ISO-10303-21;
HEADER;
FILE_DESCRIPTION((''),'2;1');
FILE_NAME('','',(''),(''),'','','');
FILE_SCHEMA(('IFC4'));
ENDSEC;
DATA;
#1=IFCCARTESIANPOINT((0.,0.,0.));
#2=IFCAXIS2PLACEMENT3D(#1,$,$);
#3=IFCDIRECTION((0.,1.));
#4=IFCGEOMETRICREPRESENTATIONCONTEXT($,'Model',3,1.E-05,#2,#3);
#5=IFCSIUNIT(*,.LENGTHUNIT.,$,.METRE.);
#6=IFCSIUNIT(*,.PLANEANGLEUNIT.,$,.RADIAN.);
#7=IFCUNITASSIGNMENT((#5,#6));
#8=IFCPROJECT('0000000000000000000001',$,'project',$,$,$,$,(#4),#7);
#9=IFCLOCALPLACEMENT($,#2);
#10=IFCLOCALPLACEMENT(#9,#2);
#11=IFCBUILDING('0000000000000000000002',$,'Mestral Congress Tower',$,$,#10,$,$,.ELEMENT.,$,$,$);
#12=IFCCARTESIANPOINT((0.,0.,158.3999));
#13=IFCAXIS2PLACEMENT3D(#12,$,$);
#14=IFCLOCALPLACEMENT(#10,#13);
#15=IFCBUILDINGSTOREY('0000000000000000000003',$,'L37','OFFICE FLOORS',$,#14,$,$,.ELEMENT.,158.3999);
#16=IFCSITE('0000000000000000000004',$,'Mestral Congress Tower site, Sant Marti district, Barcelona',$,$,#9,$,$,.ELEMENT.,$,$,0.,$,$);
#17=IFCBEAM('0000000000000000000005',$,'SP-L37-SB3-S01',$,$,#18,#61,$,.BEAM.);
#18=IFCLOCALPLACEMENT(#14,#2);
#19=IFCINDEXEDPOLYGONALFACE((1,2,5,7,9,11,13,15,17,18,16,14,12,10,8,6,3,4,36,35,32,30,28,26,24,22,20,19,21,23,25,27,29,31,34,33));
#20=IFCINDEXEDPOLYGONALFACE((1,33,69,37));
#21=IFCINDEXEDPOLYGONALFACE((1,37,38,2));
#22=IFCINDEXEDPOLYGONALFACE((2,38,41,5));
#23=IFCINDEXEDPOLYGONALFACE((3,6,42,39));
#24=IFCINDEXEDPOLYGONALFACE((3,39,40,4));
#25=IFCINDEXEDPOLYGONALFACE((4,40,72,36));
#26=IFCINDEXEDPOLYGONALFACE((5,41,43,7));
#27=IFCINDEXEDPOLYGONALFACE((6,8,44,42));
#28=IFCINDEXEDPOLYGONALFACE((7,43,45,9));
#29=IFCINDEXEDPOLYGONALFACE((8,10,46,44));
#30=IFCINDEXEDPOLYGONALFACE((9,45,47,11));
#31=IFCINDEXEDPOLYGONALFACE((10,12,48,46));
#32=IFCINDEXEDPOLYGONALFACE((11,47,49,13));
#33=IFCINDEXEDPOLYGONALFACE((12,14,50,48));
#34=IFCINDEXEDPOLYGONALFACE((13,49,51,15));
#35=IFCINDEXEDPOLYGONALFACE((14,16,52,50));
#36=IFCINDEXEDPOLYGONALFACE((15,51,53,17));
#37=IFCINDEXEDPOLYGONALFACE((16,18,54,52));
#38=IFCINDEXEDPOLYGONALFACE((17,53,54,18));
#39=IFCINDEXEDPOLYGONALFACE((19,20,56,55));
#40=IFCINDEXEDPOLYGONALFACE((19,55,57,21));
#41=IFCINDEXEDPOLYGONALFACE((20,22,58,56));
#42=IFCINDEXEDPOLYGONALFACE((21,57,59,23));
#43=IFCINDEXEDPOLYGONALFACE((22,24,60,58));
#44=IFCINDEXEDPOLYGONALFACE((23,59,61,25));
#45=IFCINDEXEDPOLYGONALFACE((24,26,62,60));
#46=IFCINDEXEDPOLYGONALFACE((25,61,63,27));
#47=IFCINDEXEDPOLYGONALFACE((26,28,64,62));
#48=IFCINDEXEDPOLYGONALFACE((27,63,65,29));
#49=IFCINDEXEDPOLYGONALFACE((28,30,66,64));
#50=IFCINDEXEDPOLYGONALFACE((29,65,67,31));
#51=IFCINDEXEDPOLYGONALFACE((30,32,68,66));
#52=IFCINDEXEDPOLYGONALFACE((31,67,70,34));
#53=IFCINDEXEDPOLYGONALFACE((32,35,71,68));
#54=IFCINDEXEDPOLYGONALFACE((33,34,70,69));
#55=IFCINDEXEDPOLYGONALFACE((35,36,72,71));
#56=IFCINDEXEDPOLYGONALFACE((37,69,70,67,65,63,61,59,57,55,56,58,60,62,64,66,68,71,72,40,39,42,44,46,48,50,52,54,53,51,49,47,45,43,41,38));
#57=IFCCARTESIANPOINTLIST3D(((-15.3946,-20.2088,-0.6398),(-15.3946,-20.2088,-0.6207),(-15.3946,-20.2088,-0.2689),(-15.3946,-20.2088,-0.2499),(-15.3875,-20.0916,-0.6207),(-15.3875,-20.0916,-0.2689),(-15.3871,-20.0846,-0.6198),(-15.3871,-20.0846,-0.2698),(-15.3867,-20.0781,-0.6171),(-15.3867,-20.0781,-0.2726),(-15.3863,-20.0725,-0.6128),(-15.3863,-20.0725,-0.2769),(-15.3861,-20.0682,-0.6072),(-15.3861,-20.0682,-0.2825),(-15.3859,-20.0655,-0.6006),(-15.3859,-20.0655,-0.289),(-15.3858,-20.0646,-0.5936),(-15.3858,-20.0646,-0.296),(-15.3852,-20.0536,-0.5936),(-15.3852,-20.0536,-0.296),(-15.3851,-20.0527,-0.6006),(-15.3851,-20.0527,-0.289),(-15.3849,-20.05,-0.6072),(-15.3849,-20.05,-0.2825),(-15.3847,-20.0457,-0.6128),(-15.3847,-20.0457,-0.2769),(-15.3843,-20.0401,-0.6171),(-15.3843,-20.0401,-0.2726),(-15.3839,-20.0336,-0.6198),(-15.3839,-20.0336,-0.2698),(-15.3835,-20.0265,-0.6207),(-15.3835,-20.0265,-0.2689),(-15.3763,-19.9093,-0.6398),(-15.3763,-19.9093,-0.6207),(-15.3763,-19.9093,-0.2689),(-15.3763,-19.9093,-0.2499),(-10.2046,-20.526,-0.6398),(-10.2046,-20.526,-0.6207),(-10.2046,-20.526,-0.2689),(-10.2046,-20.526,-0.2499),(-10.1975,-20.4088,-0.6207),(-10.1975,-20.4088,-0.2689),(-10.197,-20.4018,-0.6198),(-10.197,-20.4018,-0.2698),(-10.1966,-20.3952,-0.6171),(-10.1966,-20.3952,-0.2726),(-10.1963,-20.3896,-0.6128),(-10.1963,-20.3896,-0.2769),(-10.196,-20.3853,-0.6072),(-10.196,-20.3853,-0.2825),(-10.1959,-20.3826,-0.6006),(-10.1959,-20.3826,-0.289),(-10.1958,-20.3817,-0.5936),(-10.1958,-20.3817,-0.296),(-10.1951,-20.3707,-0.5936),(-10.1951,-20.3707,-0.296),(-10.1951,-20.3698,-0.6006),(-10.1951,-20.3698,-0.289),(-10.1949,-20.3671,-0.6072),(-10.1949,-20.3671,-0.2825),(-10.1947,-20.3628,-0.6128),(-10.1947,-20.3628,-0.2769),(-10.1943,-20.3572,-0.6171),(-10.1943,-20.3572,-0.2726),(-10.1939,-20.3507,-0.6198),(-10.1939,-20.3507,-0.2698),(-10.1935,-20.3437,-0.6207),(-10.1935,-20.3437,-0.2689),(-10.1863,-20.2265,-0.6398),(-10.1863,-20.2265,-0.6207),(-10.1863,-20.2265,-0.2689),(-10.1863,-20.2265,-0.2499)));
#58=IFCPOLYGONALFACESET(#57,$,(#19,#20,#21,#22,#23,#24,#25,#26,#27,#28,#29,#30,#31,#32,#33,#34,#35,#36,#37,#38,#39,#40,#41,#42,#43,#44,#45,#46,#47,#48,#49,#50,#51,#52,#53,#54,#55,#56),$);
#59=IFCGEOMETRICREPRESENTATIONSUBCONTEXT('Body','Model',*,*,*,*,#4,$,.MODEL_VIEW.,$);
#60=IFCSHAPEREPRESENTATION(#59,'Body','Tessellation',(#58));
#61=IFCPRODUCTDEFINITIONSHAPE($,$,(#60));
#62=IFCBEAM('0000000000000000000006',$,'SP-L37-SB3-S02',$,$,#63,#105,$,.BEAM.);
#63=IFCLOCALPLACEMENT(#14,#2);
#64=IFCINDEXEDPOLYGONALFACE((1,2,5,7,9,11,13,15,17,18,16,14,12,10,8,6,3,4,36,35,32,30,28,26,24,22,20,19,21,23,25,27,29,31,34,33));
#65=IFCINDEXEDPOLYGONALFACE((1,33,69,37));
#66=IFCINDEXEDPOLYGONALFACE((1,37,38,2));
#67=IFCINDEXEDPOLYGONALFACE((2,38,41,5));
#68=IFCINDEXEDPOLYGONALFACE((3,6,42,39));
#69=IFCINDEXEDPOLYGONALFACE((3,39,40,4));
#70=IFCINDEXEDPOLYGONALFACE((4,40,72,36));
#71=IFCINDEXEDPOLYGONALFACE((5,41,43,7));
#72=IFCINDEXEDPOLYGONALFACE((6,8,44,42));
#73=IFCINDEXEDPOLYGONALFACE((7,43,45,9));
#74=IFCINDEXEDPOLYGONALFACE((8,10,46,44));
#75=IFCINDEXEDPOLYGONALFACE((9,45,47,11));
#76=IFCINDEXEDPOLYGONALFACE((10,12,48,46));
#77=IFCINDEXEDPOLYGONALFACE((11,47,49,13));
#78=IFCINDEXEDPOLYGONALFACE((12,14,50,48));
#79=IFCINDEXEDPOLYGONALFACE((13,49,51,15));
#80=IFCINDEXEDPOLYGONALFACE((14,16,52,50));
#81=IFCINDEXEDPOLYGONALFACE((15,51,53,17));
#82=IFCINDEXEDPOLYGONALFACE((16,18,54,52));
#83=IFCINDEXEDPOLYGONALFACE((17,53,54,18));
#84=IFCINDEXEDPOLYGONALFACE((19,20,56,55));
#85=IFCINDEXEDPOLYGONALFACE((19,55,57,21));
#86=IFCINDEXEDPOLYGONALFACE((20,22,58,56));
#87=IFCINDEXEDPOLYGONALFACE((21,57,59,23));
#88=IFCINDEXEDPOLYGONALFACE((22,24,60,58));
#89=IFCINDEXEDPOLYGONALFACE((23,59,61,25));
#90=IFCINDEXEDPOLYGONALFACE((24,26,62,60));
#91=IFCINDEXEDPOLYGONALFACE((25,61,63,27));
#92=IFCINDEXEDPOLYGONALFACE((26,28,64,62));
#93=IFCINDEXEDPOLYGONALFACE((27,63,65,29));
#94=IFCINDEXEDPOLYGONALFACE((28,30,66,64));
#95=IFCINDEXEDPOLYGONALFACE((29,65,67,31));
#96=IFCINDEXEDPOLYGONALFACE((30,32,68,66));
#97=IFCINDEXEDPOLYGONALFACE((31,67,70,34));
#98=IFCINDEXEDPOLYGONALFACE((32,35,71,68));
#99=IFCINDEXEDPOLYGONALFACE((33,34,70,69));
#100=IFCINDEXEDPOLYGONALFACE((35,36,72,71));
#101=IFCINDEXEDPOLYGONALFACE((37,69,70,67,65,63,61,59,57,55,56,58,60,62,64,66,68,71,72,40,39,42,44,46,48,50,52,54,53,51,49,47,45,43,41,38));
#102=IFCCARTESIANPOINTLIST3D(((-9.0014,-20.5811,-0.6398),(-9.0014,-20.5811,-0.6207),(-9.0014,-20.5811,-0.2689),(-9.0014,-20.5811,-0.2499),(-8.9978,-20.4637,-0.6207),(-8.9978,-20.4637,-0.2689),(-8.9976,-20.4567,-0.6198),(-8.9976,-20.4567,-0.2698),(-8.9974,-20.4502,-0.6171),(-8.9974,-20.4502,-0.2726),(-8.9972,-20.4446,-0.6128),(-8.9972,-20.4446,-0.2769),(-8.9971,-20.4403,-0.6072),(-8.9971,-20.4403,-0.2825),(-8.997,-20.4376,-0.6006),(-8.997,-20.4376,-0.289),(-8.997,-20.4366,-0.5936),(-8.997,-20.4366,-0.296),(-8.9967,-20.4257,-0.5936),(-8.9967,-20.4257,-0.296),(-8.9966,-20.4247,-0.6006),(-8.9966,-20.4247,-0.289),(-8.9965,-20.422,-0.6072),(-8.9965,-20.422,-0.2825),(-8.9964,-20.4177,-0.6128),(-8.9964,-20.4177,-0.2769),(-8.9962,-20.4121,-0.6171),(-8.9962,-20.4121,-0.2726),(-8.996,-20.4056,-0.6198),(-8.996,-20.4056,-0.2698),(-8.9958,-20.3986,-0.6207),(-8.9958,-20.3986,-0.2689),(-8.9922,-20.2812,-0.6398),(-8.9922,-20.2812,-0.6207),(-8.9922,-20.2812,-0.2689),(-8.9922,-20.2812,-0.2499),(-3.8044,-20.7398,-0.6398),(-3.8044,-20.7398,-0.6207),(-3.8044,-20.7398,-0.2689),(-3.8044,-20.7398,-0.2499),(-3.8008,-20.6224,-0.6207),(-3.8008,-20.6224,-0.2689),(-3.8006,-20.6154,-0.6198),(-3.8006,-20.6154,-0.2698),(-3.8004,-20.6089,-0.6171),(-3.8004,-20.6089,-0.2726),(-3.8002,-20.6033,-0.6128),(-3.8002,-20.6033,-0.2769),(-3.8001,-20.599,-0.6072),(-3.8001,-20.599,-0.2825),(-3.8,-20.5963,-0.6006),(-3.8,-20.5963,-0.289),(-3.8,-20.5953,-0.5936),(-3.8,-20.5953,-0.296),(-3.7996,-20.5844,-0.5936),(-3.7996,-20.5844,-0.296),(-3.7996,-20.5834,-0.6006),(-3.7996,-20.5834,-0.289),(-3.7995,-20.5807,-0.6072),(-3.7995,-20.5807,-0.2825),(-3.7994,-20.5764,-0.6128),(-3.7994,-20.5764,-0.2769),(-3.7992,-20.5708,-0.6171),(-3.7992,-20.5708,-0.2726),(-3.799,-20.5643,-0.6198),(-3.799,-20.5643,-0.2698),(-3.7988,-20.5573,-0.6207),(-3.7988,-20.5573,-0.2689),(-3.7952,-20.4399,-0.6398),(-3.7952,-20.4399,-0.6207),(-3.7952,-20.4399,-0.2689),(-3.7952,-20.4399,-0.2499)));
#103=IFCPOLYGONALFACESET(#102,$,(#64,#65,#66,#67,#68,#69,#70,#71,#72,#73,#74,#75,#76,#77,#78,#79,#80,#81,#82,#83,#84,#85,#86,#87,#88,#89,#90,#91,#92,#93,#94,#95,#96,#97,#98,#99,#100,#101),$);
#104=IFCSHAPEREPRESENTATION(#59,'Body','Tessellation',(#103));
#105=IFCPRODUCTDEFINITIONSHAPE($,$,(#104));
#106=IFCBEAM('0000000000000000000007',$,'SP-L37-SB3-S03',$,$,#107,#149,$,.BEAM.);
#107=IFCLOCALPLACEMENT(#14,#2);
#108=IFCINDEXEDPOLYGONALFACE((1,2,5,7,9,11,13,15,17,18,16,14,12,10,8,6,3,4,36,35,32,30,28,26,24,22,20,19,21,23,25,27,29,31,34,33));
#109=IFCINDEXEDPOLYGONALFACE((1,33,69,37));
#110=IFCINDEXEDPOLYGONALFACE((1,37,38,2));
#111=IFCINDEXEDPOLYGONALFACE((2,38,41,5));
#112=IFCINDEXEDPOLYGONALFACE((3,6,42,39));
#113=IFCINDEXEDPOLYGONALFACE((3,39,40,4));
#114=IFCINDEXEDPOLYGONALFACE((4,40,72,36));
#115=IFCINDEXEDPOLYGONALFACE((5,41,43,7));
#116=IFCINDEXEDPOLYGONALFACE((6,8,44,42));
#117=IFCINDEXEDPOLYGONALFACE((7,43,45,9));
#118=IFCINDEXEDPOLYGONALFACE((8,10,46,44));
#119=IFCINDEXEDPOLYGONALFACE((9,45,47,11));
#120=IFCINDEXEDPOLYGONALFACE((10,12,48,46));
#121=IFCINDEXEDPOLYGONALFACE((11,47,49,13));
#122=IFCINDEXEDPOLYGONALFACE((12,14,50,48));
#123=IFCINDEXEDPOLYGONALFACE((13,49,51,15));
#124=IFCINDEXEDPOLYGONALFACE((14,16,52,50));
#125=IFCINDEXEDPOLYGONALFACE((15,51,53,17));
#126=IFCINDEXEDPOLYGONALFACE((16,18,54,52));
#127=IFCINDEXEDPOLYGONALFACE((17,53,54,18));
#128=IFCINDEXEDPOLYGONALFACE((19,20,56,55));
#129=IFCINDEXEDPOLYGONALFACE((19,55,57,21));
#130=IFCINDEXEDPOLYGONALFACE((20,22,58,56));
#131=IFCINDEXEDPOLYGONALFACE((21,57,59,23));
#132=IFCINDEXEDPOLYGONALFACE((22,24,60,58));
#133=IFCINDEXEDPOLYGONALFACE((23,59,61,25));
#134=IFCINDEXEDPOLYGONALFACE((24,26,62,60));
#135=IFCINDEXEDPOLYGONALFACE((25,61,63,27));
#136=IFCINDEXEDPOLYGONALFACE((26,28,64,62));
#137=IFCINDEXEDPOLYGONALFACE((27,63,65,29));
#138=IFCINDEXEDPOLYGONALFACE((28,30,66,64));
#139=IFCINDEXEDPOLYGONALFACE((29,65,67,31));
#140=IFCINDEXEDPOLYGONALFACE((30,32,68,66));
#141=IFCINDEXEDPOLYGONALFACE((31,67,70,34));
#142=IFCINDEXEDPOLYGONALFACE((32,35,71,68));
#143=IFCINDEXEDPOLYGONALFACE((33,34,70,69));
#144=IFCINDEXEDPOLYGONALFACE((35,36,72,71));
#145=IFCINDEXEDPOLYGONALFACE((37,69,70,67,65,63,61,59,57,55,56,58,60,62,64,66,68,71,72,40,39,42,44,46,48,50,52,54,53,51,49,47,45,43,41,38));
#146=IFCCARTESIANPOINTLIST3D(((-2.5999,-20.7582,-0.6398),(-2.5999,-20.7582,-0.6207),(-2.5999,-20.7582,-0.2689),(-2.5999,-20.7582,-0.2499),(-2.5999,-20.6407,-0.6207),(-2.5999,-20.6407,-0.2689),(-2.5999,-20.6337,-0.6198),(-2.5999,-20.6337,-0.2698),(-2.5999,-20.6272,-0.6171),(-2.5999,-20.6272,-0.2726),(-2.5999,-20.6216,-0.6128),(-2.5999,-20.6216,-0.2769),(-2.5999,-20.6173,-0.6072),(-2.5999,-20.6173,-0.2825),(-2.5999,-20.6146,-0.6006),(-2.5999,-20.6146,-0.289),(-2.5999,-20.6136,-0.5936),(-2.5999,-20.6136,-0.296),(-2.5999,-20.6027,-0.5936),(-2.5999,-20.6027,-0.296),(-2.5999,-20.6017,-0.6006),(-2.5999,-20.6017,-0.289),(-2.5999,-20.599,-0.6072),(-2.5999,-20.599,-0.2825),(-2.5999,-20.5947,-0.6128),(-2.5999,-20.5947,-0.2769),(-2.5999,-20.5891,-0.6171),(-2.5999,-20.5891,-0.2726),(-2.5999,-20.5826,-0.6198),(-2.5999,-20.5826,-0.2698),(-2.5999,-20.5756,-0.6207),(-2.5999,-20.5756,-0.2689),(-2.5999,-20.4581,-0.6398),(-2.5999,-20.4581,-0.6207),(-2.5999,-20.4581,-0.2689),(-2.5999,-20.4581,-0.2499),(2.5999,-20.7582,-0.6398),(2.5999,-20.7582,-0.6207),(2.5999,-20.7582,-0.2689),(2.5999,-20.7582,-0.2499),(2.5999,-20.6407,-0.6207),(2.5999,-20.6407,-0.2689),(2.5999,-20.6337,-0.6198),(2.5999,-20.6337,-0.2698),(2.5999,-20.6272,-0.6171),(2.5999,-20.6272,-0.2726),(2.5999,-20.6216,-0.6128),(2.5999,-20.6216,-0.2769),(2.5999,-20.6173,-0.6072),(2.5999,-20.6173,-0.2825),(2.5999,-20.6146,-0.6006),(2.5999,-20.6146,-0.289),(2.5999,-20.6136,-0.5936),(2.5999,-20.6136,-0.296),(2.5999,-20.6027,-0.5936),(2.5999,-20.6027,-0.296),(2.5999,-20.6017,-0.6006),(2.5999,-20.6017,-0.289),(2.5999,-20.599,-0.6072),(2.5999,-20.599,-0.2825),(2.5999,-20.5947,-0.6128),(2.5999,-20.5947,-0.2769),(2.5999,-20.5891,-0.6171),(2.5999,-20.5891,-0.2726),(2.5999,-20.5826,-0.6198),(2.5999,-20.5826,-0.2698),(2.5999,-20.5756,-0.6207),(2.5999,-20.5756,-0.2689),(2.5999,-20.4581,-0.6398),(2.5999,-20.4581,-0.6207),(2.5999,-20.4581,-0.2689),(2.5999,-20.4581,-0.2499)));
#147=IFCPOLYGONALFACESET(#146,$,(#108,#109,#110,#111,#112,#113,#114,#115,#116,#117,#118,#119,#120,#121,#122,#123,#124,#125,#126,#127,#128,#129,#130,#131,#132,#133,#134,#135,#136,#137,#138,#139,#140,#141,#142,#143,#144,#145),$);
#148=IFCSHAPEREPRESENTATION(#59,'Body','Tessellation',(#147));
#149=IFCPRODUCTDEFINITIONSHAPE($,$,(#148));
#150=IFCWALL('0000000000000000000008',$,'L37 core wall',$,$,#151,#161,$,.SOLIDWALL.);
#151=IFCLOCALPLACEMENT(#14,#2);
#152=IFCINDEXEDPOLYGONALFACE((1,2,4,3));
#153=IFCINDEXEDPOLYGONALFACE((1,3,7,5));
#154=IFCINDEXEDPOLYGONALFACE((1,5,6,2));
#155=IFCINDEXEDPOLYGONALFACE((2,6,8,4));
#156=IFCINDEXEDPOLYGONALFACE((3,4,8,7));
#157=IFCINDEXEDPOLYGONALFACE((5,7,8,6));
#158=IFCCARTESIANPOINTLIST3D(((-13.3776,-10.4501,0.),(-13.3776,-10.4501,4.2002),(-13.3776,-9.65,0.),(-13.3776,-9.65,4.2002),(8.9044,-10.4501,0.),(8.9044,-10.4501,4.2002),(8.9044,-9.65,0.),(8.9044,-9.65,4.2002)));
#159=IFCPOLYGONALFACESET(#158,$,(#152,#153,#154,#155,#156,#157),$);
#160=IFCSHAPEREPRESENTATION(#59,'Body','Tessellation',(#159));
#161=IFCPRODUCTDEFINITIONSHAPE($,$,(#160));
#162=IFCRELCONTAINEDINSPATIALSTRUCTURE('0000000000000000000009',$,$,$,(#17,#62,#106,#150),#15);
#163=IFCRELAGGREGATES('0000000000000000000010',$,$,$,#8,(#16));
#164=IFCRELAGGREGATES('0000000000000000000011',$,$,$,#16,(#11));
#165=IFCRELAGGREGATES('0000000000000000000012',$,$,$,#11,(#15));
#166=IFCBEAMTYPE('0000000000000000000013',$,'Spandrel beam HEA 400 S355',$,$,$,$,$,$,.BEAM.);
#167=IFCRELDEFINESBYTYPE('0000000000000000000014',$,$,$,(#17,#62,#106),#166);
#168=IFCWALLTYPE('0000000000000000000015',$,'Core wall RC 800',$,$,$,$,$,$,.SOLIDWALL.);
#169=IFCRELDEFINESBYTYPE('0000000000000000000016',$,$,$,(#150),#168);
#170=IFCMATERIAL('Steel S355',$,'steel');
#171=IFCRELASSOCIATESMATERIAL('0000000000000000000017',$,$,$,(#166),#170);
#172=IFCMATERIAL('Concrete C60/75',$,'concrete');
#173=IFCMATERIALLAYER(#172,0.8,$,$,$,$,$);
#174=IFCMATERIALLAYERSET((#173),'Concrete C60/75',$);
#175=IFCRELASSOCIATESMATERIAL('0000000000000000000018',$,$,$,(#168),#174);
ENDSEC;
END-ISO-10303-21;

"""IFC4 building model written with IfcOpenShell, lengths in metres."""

from ifc_helpers import new_model, si_unit, direction, frame, frame_2d, origin, origin_2d, place, context, subcontext, project, spatial, rectangle, i_section, extrude, material, layer, layer_set, material_profile, profile_set, type_object, element, save


model = new_model("IFC4")

# Units and contexts
model_context = context("Model", 3, precision=1e-05, world=origin(), true_north=direction((0.0, 1.0)))
body_context = subcontext(model_context, "Body", "Model", "MODEL_VIEW")
ifc_project = project(units=[si_unit("LENGTHUNIT", "METRE"), si_unit("PLANEANGLEUNIT", "RADIAN")], contexts=[model_context])

# Site, building, storey
site_placement = place(None, origin())
site = spatial("IfcSite", under=ifc_project, at=site_placement, Name="Mestral Congress Tower site, Sant Marti district, Barcelona", CompositionType="ELEMENT", RefElevation=0.0)
building_placement = place(site_placement, origin())
building = spatial("IfcBuilding", under=site, at=building_placement, Name="Mestral Congress Tower", CompositionType="ELEMENT")
storey_placement = place(building_placement, frame((0.0, 0.0, 158.3999)))
storey = spatial("IfcBuildingStorey", under=building, at=storey_placement, Name="L37", Description="OFFICE FLOORS", CompositionType="ELEMENT", Elevation=158.3999)

# Shared definitions
ifc_material_1 = material(Name="Concrete C60/75", Category="concrete")

# Beams
ifc_material_2 = material(Name="Steel S355", Category="steel")
ifc_material_profile_1 = material_profile(ifc_material_2, i_section(OverallWidth=0.3, OverallDepth=0.3899, WebThickness=0.011, FlangeThickness=0.019, FilletRadius=0.0271, at=origin_2d()), Name="HEA 400")
ifc_profile_set_1 = profile_set([ifc_material_profile_1], Name="Steel S355")
beam_type_1 = type_object("IfcBeamType", Name="Spandrel beam HEA 400 S355", PredefinedType="BEAM", material=ifc_profile_set_1)
beam_1_placement = place(storey_placement, frame((-15.3855, -20.0591, -0.4448), z_axis=(0.998138, -0.060993, 0.0), x_axis=(0.060993, 0.998138, 0.0)))
element("IfcBeam", 1, at=beam_1_placement, inside=storey, type_object=beam_type_1, Name="SP-L37-SB3-S01", PredefinedType="BEAM", context=body_context, shape_type="SweptSolid", body=[
    extrude(i_section(OverallWidth=0.3, OverallDepth=0.3899, WebThickness=0.011, FlangeThickness=0.019, FilletRadius=0.0271, at=origin_2d()), origin(), (0.0, 0.0, 1.0), 5.1997),
])
beam_2_placement = place(storey_placement, frame((-8.9968, -20.4312, -0.4448), z_axis=(0.999534, -0.030521, 0.0), x_axis=(0.030521, 0.999534, 0.0)))
element("IfcBeam", 2, at=beam_2_placement, inside=storey, type_object=beam_type_1, Name="SP-L37-SB3-S02", PredefinedType="BEAM", context=body_context, shape_type="SweptSolid", body=[
    extrude(i_section(OverallWidth=0.3, OverallDepth=0.3899, WebThickness=0.011, FlangeThickness=0.019, FilletRadius=0.0271, at=origin_2d()), origin(), (0.0, 0.0, 1.0), 5.1995),
])
beam_3_placement = place(storey_placement, frame((-2.5999, -20.6082, -0.4448), z_axis=(1.0, 0.0, 0.0), x_axis=(0.0, 1.0, 0.0)))
element("IfcBeam", 3, at=beam_3_placement, inside=storey, type_object=beam_type_1, Name="SP-L37-SB3-S03", PredefinedType="BEAM", context=body_context, shape_type="SweptSolid", body=[
    extrude(i_section(OverallWidth=0.3, OverallDepth=0.3899, WebThickness=0.011, FlangeThickness=0.019, FilletRadius=0.0271, at=origin_2d()), origin(), (0.0, 0.0, 1.0), 5.1997),
])

# Wall
ifc_layer_1 = layer(ifc_material_1, 0.8)
ifc_layer_set_1 = layer_set([ifc_layer_1], Name="Concrete C60/75")
wall_type_1 = type_object("IfcWallType", Name="Core wall RC 800", PredefinedType="SOLIDWALL", material=ifc_layer_set_1)
wall_1_placement = place(storey_placement, frame((-13.3777, -10.05, 0.0), z_axis=(0.0, 0.0, 1.0), x_axis=(1.0, 0.0, 0.0)))
element("IfcWall", 4, at=wall_1_placement, inside=storey, type_object=wall_type_1, Name="L37 core wall", PredefinedType="SOLIDWALL", context=body_context, shape_type="SweptSolid", body=[
    extrude(rectangle(XDim=22.282, YDim=0.8, at=frame_2d((11.1411, 0.0))), origin(), (0.0, 0.0, 1.0), 4.2002),
])

save(model, "model.ifc")
